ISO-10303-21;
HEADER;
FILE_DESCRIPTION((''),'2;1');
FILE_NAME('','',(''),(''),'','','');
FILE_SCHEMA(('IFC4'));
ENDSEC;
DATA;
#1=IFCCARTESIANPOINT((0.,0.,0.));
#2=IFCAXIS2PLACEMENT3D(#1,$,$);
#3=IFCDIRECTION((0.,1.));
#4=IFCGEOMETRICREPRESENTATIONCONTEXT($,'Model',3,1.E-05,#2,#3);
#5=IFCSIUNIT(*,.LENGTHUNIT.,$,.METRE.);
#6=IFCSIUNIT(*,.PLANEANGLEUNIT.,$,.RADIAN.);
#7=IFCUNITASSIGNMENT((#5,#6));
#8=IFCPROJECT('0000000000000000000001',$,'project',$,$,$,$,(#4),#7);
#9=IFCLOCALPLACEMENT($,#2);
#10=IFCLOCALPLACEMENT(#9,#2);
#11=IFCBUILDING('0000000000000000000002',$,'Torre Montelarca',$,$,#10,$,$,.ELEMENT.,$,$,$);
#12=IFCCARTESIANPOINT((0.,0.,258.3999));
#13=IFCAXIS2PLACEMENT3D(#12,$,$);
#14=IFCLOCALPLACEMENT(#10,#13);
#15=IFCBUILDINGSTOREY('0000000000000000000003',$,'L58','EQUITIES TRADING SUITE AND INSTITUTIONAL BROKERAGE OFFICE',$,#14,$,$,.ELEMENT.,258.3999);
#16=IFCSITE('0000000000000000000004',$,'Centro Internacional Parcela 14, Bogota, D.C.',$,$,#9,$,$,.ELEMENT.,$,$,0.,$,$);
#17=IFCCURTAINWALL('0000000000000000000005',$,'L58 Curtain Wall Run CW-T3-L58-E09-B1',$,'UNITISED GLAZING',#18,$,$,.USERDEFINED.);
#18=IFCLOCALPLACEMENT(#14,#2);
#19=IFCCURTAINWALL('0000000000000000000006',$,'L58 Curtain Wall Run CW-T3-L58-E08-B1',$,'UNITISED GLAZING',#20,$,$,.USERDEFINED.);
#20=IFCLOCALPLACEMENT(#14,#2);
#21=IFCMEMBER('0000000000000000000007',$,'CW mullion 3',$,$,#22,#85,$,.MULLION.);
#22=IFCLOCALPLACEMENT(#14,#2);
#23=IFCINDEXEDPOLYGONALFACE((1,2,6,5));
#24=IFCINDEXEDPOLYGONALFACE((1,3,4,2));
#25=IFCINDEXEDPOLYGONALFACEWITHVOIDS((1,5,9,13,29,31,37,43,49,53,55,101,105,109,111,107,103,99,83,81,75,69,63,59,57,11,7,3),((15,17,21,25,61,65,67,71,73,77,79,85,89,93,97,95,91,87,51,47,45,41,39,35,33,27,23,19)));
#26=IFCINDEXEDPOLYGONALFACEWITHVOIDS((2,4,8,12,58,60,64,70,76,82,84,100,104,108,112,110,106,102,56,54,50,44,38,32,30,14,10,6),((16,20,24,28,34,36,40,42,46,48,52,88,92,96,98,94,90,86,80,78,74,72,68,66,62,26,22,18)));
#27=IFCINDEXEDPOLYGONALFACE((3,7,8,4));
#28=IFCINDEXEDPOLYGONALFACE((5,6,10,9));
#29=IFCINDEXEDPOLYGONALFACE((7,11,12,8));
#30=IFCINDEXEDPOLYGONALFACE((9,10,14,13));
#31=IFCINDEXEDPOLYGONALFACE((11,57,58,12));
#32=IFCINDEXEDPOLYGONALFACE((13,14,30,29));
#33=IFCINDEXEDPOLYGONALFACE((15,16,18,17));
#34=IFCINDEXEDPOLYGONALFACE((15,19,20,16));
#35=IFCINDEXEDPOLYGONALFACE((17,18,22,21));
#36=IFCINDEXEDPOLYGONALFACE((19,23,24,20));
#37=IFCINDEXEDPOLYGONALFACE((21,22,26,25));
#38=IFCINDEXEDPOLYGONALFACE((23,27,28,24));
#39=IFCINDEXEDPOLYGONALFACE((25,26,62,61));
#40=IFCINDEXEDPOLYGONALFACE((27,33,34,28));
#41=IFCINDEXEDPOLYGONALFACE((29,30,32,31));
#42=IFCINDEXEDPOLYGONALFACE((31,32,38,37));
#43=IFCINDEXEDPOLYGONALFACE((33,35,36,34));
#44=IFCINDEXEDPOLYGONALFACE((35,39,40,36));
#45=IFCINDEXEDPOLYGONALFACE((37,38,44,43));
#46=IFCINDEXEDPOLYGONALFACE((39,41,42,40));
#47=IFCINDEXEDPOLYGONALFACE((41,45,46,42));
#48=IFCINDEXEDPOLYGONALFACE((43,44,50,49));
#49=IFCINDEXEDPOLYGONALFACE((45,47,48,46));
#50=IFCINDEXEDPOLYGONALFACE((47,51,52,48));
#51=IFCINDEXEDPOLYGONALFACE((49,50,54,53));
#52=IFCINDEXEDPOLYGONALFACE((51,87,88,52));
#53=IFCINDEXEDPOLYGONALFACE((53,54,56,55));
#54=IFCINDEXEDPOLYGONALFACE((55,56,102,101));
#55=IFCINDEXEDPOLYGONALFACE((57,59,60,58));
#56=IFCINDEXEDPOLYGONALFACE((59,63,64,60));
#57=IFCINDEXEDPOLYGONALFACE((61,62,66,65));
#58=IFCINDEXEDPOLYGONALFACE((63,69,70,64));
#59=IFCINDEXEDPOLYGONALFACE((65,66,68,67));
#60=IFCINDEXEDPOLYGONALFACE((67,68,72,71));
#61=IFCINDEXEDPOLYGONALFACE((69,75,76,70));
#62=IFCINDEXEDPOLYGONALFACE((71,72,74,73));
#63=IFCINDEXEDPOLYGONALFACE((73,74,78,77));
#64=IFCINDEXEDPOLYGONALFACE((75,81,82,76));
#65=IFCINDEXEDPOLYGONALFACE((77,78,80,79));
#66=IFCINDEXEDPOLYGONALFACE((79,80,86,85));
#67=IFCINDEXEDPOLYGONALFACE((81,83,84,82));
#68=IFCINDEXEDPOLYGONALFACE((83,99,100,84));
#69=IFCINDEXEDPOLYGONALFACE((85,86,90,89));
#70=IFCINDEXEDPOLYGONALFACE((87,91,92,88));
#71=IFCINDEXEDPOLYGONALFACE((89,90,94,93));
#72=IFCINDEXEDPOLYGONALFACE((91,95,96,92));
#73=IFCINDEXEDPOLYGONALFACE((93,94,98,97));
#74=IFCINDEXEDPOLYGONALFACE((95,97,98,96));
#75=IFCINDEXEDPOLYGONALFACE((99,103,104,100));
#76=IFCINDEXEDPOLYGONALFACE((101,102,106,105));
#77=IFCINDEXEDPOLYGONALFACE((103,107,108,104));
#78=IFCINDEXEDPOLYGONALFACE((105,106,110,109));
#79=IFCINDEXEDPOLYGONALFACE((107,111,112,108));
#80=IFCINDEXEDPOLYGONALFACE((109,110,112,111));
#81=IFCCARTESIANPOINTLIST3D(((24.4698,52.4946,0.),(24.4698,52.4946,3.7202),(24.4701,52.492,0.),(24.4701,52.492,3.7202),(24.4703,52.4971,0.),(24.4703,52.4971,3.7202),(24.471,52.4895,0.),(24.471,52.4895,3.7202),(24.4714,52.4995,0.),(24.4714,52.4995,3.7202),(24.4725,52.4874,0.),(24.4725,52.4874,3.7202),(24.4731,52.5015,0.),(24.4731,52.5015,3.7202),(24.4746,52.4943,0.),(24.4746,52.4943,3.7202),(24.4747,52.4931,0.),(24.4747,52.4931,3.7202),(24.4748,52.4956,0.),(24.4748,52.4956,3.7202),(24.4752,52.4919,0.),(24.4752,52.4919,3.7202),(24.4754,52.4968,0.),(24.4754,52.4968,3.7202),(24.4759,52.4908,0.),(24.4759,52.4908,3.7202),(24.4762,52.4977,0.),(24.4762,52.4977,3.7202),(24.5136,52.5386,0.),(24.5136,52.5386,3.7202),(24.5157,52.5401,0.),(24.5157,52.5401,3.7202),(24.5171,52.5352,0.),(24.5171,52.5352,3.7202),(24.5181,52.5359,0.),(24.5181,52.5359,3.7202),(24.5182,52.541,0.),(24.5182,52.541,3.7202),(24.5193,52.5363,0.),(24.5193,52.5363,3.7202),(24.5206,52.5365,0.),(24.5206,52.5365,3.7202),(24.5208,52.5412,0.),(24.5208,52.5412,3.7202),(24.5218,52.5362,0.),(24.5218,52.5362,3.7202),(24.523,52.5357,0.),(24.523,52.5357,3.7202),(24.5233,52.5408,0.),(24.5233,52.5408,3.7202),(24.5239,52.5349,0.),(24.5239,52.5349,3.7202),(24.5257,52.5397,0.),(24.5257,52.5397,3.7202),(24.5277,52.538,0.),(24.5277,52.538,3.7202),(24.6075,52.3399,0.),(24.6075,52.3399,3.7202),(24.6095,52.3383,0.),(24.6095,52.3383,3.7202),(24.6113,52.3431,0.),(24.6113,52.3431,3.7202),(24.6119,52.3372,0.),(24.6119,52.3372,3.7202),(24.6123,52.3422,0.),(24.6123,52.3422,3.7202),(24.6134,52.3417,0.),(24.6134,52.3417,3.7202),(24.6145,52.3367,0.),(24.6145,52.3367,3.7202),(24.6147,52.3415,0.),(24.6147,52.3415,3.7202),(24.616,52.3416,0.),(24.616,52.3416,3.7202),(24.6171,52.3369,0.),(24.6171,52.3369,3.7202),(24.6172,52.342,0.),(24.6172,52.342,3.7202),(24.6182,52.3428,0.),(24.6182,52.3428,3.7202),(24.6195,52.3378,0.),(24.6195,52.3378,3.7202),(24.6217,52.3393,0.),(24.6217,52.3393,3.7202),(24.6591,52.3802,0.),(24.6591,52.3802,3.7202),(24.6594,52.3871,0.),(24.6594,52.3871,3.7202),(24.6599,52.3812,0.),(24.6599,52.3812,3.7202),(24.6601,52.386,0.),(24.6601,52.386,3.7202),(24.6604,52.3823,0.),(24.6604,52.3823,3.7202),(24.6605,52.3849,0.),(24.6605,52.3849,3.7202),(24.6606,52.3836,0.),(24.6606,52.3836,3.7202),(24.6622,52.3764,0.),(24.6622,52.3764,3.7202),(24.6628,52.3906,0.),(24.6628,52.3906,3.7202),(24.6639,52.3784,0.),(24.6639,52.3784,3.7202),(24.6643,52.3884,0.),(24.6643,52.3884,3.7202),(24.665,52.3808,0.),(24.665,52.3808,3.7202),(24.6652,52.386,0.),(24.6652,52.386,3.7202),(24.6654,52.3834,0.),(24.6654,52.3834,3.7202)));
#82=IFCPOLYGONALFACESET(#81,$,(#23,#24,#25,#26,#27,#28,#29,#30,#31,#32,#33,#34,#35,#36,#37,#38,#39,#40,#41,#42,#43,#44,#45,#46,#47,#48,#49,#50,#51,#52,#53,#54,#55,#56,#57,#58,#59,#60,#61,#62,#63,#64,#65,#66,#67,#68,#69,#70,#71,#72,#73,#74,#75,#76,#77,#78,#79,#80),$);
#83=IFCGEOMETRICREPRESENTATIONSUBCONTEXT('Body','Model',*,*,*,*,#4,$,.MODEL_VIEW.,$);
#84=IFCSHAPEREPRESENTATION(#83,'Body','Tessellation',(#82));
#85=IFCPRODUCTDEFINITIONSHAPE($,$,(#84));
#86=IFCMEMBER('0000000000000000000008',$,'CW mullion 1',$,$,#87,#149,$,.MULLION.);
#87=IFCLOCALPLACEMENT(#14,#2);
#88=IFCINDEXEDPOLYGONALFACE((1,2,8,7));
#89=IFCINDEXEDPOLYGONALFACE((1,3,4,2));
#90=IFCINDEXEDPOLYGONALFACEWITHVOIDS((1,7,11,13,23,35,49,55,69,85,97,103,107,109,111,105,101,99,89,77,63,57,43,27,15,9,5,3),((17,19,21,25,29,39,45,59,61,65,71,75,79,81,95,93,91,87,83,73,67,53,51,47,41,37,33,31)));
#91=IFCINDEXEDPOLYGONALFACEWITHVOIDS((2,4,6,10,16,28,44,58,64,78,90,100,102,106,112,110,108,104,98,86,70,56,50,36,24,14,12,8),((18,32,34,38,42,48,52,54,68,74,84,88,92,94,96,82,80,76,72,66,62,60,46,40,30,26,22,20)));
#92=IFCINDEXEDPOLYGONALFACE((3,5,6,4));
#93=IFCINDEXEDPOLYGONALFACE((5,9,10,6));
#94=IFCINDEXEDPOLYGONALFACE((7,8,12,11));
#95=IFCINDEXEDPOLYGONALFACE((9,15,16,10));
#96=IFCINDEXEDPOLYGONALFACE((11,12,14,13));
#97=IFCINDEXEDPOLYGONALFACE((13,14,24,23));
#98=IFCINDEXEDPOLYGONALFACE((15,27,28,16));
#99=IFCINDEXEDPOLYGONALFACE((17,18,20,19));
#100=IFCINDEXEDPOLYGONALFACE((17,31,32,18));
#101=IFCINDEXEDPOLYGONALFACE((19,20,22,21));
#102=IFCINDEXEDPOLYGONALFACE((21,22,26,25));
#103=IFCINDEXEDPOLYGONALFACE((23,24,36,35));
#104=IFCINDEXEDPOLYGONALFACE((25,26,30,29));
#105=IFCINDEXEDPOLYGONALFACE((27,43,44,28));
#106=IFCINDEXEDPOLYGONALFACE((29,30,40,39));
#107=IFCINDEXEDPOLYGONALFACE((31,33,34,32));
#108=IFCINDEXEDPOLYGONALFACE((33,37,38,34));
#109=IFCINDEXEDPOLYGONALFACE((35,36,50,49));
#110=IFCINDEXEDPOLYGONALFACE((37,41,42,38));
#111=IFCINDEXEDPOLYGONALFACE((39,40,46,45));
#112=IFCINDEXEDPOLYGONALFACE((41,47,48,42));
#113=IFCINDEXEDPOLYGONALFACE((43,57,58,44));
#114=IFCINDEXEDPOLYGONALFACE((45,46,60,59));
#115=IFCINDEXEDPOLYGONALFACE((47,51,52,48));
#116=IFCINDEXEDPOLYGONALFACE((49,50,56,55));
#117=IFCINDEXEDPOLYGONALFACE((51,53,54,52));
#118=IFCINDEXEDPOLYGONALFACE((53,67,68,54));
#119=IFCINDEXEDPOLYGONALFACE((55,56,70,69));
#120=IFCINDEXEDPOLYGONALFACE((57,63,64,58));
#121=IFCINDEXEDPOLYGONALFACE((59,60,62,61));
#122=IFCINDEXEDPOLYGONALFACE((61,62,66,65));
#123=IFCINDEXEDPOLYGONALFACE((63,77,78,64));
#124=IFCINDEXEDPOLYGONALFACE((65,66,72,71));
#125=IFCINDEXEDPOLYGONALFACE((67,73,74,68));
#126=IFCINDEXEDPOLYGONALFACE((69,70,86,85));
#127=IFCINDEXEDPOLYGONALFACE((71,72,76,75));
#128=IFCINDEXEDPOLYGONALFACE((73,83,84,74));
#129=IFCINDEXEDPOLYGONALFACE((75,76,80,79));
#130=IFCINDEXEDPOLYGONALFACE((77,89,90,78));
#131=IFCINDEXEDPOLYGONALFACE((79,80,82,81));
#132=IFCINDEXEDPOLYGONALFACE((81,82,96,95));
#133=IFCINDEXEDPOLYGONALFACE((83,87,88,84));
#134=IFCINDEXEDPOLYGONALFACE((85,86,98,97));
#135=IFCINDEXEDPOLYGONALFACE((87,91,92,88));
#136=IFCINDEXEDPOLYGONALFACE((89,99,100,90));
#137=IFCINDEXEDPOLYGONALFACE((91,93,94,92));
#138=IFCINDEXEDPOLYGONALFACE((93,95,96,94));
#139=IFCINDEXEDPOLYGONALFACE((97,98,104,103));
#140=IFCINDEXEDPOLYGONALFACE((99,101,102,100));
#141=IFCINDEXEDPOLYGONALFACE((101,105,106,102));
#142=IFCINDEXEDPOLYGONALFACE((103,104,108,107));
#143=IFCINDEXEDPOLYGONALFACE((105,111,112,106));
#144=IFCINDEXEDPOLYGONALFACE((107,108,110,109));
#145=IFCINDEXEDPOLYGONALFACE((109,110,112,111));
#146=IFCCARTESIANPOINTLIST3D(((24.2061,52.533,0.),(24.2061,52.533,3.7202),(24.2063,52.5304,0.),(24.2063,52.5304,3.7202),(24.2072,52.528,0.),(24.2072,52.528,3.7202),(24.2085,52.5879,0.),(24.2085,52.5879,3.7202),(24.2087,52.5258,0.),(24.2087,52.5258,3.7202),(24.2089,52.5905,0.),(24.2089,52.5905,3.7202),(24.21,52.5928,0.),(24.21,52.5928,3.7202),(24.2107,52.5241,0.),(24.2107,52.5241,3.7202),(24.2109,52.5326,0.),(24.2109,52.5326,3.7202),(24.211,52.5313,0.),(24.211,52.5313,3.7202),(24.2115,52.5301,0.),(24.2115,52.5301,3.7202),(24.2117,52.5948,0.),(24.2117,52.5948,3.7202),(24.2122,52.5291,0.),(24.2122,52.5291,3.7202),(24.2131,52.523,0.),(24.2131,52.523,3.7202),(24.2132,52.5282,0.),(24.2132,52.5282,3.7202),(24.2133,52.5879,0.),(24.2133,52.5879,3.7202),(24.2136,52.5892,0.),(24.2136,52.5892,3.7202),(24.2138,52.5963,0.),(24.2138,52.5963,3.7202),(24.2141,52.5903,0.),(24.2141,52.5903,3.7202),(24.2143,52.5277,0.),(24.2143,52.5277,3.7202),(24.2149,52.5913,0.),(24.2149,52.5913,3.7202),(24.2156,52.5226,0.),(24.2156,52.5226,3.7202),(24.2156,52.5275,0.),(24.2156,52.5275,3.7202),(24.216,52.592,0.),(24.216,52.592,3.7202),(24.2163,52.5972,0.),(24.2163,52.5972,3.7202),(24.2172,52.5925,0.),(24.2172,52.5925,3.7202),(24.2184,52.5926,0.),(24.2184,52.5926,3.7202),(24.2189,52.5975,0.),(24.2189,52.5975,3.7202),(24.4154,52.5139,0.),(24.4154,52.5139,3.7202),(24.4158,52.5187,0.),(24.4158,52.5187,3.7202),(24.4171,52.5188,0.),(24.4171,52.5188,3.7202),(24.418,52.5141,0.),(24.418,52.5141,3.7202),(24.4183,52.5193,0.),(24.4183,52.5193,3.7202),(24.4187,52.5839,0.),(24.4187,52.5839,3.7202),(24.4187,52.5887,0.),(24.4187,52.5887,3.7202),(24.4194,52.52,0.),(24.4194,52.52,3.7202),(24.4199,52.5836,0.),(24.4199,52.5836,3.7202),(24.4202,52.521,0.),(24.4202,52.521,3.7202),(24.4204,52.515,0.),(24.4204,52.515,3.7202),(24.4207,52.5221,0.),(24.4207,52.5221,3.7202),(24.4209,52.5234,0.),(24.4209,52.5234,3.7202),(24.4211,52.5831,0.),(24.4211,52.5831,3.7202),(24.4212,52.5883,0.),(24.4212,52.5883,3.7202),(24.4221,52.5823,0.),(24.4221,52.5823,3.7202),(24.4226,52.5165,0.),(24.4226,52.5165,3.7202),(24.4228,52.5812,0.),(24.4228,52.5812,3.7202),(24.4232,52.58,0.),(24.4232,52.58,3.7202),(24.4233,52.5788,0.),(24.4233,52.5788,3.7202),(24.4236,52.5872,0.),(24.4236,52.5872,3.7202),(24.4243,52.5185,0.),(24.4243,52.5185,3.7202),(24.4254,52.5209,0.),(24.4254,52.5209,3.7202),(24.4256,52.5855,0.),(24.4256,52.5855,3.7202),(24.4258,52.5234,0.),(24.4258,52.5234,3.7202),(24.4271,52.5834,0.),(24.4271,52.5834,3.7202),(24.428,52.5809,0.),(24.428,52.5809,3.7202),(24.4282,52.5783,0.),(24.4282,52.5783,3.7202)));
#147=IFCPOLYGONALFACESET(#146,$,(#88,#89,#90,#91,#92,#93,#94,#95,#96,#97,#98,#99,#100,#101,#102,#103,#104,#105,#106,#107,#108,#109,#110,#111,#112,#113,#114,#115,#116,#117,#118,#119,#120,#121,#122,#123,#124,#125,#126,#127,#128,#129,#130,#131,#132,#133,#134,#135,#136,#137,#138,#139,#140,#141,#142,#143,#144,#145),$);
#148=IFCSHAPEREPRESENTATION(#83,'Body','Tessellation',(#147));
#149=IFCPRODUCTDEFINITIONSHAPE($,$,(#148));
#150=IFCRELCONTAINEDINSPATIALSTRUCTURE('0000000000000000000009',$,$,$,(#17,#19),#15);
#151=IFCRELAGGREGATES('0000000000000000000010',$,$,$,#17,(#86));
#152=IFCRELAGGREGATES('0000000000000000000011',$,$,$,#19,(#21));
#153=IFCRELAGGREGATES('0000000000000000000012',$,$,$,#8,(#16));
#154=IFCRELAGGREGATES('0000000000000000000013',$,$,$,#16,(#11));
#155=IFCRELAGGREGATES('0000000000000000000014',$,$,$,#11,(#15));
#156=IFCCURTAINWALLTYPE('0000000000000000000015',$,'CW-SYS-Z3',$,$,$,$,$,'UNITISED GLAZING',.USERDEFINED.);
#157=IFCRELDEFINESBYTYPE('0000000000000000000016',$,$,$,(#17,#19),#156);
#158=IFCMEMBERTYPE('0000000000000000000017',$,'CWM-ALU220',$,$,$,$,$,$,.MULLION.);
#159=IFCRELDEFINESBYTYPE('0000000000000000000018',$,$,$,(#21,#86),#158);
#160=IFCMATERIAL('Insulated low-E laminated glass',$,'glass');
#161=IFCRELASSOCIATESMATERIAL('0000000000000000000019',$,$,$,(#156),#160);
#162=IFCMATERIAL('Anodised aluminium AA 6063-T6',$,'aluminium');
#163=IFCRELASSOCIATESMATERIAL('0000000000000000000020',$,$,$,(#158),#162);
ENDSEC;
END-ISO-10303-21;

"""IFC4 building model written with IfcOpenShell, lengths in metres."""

from ifc_helpers import new_model, si_unit, direction, frame, origin, origin_2d, place, context, subcontext, project, spatial, hollow_rectangle, extrude, source, transform, mapped, material, material_profile, profile_set, type_object, element, aggregate, save


model = new_model("IFC4")

# Units and contexts
model_context = context("Model", 3, precision=1e-05, world=origin(), true_north=direction((0.0, 1.0)))
body_context = subcontext(model_context, "Body", "Model", "MODEL_VIEW")
ifc_project = project(units=[si_unit("LENGTHUNIT", "METRE"), si_unit("PLANEANGLEUNIT", "RADIAN")], contexts=[model_context])

# Site, building, storey
site_placement = place(None, origin())
site = spatial("IfcSite", under=ifc_project, at=site_placement, Name="Centro Internacional Parcela 14, Bogota, D.C.", CompositionType="ELEMENT", RefElevation=0.0)
building_placement = place(site_placement, origin())
building = spatial("IfcBuilding", under=site, at=building_placement, Name="Torre Montelarca", CompositionType="ELEMENT")
storey_placement = place(building_placement, frame((0.0, 0.0, 258.3999)))
storey = spatial("IfcBuildingStorey", under=building, at=storey_placement, Name="L58", Description="EQUITIES TRADING SUITE AND INSTITUTIONAL BROKERAGE OFFICE", CompositionType="ELEMENT", Elevation=258.3999)

# Curtain walls, member
ifc_material_1 = material(Name="Insulated low-E laminated glass", Category="glass")
curtain_wall_type = type_object("IfcCurtainWallType", Name="CW-SYS-Z3", ElementType="UNITISED GLAZING", PredefinedType="USERDEFINED", material=ifc_material_1)
curtain_wall_1_placement = place(storey_placement, origin())
curtain_wall_1 = element("IfcCurtainWall", 1, at=curtain_wall_1_placement, inside=storey, type_object=curtain_wall_type, Name="L58 Curtain Wall Run CW-T3-L58-E09-B1", ObjectType="UNITISED GLAZING", PredefinedType="USERDEFINED")
ifc_material_2 = material(Name="Anodised aluminium AA 6063-T6", Category="aluminium")
curtain_wall_2_placement = place(storey_placement, origin())
curtain_wall_2 = element("IfcCurtainWall", 2, at=curtain_wall_2_placement, inside=storey, type_object=curtain_wall_type, Name="L58 Curtain Wall Run CW-T3-L58-E08-B1", ObjectType="UNITISED GLAZING", PredefinedType="USERDEFINED")
ifc_material_profile_1 = material_profile(ifc_material_2, hollow_rectangle(XDim=0.075, YDim=0.22, WallThickness=0.0049, InnerFilletRadius=0.0049, OuterFilletRadius=0.01, at=origin_2d()), Name="ALU75X220X5", Category="aluminium")
ifc_profile_set_1 = profile_set([ifc_material_profile_1], Name="Anodised aluminium AA 6063-T6")
member_type_1 = type_object("IfcMemberType", Name="CWM-ALU220", PredefinedType="MULLION", material=ifc_profile_set_1)
shared_shape_1 = source(origin(), body_context, "Body", "SweptSolid", [
    extrude(hollow_rectangle(XDim=0.075, YDim=0.22, WallThickness=0.0049, InnerFilletRadius=0.0049, OuterFilletRadius=0.01, at=origin_2d()), origin(), (0.0, 0.0, 1.0), 3.7202),
])
member_1_placement = place(storey_placement, frame((24.5676, 52.439, 0.0), z_axis=(0.0, 0.0, 1.0), x_axis=(-0.73728, -0.675587, 0.0)))
member_1 = element("IfcMember", 3, at=member_1_placement, type_object=member_type_1, Name="CW mullion 3", PredefinedType="MULLION", context=body_context, shape_type="MappedRepresentation", body=[
    mapped(shared_shape_1, transform((0.0, 0.0, 0.0), scale=1.0)),
])

# Member
member_2_placement = place(storey_placement, frame((24.3171, 52.5557, 0.0), z_axis=(0.0, 0.0, 1.0), x_axis=(-0.043616, -0.999048, 0.0)))
member_2 = element("IfcMember", 4, at=member_2_placement, type_object=member_type_1, Name="CW mullion 1", PredefinedType="MULLION", context=body_context, shape_type="MappedRepresentation", body=[
    mapped(shared_shape_1, transform((0.0, 0.0, 0.0), scale=1.0)),
])
aggregate(curtain_wall_1, [member_2])

aggregate(curtain_wall_2, [member_1])

save(model, "model.ifc")
